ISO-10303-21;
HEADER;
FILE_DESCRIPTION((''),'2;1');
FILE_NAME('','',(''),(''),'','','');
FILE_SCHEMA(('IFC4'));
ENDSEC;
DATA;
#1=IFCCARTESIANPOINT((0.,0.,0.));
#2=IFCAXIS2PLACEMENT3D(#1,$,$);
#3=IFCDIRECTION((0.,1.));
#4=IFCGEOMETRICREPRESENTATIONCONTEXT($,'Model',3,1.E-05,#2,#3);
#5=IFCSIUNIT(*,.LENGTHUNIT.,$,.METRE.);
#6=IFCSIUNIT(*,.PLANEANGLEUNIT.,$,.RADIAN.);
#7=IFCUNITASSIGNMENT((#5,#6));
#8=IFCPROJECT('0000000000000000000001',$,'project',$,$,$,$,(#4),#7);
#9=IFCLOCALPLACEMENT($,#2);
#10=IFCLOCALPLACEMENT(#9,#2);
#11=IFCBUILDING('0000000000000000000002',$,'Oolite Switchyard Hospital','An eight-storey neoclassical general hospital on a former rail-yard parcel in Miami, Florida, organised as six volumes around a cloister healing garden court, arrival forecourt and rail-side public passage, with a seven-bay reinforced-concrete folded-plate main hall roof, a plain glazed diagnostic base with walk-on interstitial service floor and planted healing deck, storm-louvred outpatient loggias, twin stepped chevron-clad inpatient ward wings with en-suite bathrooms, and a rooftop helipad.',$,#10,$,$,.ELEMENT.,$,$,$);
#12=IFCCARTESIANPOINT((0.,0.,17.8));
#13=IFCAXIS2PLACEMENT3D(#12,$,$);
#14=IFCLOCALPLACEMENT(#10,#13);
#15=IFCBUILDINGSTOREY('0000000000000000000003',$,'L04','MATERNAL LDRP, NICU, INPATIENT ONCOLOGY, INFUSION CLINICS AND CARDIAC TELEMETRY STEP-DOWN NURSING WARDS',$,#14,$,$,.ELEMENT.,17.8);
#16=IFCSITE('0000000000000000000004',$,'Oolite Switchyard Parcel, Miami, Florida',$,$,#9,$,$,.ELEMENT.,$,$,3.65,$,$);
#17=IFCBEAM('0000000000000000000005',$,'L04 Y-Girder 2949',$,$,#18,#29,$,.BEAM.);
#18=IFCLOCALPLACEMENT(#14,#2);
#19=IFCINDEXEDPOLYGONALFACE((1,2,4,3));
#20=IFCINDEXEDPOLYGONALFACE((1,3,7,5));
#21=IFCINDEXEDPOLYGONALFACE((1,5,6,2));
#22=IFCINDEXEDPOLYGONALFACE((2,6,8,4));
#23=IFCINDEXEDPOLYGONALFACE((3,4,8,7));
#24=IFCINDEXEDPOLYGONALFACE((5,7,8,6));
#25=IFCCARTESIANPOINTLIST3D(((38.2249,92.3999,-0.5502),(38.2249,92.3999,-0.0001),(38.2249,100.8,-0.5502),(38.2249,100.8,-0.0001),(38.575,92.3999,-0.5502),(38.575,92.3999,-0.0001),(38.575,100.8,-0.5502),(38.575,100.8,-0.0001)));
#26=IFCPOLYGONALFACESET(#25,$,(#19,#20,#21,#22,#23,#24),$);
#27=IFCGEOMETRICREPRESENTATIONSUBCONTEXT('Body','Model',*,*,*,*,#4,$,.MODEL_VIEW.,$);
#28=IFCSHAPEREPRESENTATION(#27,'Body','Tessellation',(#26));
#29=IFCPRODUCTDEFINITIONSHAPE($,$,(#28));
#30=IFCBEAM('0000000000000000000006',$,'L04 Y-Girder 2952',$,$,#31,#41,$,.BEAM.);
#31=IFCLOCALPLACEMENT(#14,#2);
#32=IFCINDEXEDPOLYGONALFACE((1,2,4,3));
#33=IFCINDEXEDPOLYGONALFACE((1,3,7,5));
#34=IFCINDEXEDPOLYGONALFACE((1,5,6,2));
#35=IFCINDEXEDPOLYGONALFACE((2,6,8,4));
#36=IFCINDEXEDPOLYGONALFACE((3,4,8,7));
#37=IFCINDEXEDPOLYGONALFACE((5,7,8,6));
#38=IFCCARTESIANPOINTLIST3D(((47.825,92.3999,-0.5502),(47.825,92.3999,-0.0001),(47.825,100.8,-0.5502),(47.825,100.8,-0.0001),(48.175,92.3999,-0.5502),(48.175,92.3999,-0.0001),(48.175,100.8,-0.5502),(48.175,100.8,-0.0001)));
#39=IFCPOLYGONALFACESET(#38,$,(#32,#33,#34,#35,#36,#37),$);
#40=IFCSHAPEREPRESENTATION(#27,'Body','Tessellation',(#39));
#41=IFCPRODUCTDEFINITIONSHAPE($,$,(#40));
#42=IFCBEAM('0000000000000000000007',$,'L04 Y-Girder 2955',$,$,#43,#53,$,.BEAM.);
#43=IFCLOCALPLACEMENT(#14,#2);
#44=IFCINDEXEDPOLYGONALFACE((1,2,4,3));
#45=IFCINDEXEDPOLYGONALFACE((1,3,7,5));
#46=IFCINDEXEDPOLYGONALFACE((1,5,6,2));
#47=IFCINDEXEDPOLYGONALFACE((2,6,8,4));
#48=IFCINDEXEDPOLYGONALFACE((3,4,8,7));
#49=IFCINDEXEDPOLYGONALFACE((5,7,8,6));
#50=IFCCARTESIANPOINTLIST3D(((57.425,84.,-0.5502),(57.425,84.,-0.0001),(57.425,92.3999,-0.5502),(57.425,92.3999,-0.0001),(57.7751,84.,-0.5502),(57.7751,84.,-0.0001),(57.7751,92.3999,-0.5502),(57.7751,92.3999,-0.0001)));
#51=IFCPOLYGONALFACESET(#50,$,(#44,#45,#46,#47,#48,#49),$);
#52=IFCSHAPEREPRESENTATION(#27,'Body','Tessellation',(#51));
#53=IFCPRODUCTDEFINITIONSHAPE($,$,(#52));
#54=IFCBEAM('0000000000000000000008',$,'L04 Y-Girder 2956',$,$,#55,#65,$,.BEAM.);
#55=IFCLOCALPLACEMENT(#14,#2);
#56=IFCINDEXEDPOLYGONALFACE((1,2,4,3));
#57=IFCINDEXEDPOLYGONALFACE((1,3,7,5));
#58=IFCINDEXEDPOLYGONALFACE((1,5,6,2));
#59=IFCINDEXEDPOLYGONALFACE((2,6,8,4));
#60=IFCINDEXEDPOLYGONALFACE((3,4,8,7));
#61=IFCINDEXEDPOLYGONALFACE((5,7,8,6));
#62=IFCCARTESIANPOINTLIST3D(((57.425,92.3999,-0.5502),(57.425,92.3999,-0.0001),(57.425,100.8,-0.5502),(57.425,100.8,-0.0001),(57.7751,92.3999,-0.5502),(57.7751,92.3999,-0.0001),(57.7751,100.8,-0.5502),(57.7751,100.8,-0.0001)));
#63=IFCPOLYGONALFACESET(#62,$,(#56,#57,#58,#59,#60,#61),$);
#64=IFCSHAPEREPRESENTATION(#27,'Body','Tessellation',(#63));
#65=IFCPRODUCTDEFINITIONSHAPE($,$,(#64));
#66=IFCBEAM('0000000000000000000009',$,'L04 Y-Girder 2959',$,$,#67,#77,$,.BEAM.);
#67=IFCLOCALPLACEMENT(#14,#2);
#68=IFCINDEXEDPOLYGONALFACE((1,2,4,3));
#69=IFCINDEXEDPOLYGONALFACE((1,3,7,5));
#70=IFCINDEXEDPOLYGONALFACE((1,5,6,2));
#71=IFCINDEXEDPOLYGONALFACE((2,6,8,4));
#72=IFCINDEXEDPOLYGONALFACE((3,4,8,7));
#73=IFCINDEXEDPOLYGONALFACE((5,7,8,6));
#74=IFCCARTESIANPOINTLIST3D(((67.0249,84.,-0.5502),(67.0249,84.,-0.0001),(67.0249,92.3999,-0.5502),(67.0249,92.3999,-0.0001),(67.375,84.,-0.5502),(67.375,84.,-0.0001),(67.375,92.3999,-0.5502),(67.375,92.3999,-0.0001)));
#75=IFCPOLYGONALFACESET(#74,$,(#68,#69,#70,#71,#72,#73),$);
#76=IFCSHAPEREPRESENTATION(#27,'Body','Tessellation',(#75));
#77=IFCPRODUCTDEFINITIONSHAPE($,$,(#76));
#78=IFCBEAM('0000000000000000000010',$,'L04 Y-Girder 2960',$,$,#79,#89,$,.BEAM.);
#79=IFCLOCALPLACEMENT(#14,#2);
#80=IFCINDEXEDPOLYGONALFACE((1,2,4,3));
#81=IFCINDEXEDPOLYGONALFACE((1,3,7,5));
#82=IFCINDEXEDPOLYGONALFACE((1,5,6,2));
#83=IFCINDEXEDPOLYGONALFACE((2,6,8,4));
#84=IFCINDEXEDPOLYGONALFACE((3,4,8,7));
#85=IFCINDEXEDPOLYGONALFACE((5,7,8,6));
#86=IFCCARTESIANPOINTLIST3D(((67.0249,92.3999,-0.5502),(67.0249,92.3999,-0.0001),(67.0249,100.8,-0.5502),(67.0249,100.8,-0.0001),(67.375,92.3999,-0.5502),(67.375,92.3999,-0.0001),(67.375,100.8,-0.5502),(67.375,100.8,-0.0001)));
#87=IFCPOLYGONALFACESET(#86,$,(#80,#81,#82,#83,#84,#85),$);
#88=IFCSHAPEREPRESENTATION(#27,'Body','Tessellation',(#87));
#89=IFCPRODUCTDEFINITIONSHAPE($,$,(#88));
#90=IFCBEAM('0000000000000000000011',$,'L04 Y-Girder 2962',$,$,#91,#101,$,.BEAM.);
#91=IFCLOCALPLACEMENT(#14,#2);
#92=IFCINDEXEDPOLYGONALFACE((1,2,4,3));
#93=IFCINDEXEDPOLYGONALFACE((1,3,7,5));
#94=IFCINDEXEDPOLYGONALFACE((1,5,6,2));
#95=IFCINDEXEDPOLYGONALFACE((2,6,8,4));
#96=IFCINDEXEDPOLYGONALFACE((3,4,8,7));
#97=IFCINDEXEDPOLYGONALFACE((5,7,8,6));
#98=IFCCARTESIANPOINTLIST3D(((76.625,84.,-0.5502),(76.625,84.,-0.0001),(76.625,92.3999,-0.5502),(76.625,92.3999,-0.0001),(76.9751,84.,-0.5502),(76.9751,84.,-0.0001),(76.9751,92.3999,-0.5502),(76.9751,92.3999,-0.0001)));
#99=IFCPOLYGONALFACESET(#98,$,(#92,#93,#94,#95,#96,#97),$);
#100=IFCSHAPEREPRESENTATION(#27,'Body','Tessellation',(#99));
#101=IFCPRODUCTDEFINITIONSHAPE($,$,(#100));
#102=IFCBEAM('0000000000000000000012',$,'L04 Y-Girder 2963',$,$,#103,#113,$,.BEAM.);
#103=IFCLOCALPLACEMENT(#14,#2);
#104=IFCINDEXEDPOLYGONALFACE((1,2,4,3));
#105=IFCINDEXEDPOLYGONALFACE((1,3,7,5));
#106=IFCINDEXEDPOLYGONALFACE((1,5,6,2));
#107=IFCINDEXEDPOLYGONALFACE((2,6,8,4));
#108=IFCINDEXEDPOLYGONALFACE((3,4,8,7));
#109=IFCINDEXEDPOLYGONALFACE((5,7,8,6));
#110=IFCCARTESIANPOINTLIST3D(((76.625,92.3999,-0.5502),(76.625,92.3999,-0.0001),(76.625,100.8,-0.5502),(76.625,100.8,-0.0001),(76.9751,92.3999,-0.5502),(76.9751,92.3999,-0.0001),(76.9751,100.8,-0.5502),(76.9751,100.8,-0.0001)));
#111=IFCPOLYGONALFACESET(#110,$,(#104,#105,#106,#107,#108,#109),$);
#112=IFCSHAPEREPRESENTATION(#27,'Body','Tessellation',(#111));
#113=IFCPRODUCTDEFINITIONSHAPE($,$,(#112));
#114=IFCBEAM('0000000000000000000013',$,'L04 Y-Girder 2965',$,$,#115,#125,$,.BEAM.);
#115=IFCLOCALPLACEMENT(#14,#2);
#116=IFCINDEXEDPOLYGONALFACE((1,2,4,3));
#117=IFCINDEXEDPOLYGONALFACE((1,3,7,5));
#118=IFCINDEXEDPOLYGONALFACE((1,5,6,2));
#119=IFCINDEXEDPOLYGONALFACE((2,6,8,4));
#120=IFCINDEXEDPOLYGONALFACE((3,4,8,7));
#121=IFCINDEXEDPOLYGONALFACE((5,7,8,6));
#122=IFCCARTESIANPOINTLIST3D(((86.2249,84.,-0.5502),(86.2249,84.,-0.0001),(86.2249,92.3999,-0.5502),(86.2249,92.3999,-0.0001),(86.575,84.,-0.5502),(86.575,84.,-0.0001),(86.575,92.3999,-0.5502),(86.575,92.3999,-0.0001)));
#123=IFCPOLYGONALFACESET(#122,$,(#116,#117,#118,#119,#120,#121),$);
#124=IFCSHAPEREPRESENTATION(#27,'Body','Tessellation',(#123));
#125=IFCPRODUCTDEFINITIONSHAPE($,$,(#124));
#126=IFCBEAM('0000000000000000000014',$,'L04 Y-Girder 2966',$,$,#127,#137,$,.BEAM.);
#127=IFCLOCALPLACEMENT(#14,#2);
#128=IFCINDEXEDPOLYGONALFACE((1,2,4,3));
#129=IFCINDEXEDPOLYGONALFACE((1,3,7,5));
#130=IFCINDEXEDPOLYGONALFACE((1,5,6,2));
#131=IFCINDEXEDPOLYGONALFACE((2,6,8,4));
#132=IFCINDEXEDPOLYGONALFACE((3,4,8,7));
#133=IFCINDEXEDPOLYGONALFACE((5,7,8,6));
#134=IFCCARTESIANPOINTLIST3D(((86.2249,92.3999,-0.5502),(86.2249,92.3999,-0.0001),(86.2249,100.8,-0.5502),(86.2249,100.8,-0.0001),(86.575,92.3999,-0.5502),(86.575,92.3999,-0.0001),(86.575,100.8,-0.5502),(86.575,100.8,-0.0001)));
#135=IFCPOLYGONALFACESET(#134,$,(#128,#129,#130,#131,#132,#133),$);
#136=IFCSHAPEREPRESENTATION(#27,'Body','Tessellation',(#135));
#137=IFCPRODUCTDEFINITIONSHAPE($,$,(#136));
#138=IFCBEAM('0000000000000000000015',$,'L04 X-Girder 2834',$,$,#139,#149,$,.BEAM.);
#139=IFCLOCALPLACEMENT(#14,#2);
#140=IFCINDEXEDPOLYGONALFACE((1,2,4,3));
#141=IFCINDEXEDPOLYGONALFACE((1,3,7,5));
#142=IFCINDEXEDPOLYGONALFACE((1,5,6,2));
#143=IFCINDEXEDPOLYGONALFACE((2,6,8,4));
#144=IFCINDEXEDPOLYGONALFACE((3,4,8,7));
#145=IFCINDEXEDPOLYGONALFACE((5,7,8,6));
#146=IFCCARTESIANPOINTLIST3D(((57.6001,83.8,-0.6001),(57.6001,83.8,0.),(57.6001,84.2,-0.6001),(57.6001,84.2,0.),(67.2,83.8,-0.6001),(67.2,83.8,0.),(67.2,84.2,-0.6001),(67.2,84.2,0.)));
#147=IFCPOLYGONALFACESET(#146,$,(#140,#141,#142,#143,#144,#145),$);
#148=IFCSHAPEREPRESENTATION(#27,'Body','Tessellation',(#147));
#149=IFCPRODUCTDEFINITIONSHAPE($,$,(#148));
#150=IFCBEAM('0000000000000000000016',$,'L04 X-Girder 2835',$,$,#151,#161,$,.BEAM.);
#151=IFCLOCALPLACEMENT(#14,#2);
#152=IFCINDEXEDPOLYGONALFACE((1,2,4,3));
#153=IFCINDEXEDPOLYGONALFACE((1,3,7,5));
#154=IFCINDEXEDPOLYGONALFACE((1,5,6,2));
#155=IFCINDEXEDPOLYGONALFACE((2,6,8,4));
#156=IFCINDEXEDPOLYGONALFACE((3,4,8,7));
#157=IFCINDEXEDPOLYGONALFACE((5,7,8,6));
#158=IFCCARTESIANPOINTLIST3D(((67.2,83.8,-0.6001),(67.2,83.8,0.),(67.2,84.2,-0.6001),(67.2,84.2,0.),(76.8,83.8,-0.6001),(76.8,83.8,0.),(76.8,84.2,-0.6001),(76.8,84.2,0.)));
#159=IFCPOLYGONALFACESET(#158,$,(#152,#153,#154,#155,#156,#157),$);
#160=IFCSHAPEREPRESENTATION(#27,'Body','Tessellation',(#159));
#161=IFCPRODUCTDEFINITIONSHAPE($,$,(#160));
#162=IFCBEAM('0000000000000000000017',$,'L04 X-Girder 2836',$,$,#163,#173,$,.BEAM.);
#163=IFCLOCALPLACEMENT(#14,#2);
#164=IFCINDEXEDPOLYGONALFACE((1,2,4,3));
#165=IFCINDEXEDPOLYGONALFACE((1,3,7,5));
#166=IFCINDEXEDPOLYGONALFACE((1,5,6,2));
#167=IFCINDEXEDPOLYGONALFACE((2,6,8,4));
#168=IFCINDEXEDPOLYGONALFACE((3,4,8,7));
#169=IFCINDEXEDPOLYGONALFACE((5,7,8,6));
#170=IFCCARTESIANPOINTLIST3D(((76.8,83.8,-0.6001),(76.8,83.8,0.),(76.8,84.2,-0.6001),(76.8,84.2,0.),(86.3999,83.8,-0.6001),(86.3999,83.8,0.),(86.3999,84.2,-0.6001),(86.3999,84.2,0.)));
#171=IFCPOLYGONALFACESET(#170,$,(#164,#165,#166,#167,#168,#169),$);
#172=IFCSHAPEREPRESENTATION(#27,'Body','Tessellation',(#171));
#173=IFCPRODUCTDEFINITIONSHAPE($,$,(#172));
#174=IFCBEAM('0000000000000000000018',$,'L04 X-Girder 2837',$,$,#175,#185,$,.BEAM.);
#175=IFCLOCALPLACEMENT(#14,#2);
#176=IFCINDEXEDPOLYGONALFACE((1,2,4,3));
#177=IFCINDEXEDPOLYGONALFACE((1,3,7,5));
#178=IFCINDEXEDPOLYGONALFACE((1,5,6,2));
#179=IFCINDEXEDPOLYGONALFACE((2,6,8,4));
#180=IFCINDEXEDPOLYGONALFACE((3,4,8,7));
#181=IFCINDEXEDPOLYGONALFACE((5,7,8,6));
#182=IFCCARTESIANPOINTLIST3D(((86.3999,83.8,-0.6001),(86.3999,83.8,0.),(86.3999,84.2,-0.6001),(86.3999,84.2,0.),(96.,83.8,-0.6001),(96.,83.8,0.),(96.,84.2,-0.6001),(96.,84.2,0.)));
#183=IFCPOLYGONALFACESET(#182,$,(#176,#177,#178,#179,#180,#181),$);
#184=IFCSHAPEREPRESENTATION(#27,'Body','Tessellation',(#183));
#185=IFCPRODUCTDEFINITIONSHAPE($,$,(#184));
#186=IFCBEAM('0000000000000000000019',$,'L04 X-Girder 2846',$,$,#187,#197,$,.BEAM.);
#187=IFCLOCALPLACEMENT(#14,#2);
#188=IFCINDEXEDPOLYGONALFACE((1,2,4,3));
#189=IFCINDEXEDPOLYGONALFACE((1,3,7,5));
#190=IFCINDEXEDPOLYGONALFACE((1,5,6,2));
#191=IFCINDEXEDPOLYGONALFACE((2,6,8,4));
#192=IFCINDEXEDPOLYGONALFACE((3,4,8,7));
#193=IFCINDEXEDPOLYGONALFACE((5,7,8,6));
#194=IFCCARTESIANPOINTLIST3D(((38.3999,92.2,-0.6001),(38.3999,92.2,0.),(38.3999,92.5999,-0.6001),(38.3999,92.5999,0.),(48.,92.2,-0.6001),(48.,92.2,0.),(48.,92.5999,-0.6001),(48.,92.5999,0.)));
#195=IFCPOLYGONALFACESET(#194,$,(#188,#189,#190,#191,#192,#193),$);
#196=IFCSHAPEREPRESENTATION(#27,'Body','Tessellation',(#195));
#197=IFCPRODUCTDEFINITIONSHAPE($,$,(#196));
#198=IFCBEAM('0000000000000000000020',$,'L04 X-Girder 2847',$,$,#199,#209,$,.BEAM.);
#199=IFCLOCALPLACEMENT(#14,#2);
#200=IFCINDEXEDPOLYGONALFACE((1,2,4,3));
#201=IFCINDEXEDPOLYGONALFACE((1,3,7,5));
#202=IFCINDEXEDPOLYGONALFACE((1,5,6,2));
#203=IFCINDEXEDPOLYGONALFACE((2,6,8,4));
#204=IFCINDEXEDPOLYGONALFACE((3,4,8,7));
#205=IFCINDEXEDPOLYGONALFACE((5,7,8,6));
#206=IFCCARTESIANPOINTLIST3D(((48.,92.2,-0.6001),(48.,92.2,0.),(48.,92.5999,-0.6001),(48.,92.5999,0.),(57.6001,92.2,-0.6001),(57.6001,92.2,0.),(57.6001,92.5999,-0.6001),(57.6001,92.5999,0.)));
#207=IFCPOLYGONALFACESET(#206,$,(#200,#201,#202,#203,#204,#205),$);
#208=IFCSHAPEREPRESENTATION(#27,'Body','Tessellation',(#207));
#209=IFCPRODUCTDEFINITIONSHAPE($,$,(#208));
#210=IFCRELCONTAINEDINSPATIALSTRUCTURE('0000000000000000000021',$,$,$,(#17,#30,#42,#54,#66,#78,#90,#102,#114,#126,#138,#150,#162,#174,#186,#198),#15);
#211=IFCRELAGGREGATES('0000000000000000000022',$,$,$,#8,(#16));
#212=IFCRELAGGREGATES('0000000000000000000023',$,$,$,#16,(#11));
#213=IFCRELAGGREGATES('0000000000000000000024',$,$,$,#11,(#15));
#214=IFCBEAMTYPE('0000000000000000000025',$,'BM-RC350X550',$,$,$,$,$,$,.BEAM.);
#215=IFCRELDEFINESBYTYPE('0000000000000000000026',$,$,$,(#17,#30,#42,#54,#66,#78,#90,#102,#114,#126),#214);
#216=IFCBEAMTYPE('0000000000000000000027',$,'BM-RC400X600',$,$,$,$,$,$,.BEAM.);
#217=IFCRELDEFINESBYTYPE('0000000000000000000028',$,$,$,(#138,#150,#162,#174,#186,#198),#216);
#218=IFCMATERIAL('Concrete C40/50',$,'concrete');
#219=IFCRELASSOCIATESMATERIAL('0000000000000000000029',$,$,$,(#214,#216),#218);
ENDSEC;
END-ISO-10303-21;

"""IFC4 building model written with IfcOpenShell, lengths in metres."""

from ifc_helpers import new_model, si_unit, direction, frame, origin, origin_2d, place, context, subcontext, project, spatial, rectangle, extrude, material, material_profile, profile_set, type_object, element, save


model = new_model("IFC4")

# Units and contexts
model_context = context("Model", 3, precision=1e-05, world=origin(), true_north=direction((0.0, 1.0)))
body_context = subcontext(model_context, "Body", "Model", "MODEL_VIEW")
ifc_project = project(units=[si_unit("LENGTHUNIT", "METRE"), si_unit("PLANEANGLEUNIT", "RADIAN")], contexts=[model_context])

# Site, building, storey
site_placement = place(None, origin())
site = spatial("IfcSite", under=ifc_project, at=site_placement, Name="Oolite Switchyard Parcel, Miami, Florida", CompositionType="ELEMENT", RefElevation=3.65)
building_placement = place(site_placement, origin())
building = spatial("IfcBuilding", under=site, at=building_placement, Name="Oolite Switchyard Hospital", Description="An eight-storey neoclassical general hospital on a former rail-yard parcel in Miami, Florida, organised as six volumes around a cloister healing garden court, arrival forecourt and rail-side public passage, with a seven-bay reinforced-concrete folded-plate main hall roof, a plain glazed diagnostic base with walk-on interstitial service floor and planted healing deck, storm-louvred outpatient loggias, twin stepped chevron-clad inpatient ward wings with en-suite bathrooms, and a rooftop helipad.", CompositionType="ELEMENT")
storey_placement = place(building_placement, frame((0.0, 0.0, 17.8)))
storey = spatial("IfcBuildingStorey", under=building, at=storey_placement, Name="L04", Description="MATERNAL LDRP, NICU, INPATIENT ONCOLOGY, INFUSION CLINICS AND CARDIAC TELEMETRY STEP-DOWN NURSING WARDS", CompositionType="ELEMENT", Elevation=17.8)

# Beams
ifc_material_1 = material(Name="Concrete C40/50", Category="concrete")
ifc_material_profile_1 = material_profile(ifc_material_1, rectangle(XDim=0.3501, YDim=0.55, at=origin_2d()), Name="RCB350X550")
ifc_profile_set_1 = profile_set([ifc_material_profile_1], Name="Concrete C40/50")
beam_type_1 = type_object("IfcBeamType", Name="BM-RC350X550", PredefinedType="BEAM", material=ifc_profile_set_1)
for number, where, z_axis, x_axis, name in (
    (1, (38.3999, 92.3999, -0.2751), (0.0, 1.0, 0.0), (-1.0, 0.0, 0.0), "L04 Y-Girder 2949"),
    (2, (48.0, 92.3999, -0.2751), (0.0, 1.0, 0.0), (-1.0, 0.0, 0.0), "L04 Y-Girder 2952"),
):
    element("IfcBeam", number, at=place(storey_placement, frame(where, z_axis=z_axis, x_axis=x_axis)), inside=storey, type_object=beam_type_1, Name=name, PredefinedType="BEAM", context=body_context, shape_type="SweptSolid", body=[
        extrude(rectangle(XDim=0.3501, YDim=0.55, at=origin_2d()), origin(), (0.0, 0.0, 1.0), 8.4001),
    ])
beam_1_placement = place(storey_placement, frame((57.6001, 84.0, -0.2751), z_axis=(0.0, 1.0, 0.0), x_axis=(-1.0, 0.0, 0.0)))
element("IfcBeam", 3, at=beam_1_placement, inside=storey, type_object=beam_type_1, Name="L04 Y-Girder 2955", PredefinedType="BEAM", context=body_context, shape_type="SweptSolid", body=[
    extrude(rectangle(XDim=0.3501, YDim=0.55, at=origin_2d()), origin(), (0.0, 0.0, 1.0), 8.3999),
])
beam_2_placement = place(storey_placement, frame((57.6001, 92.3999, -0.2751), z_axis=(0.0, 1.0, 0.0), x_axis=(-1.0, 0.0, 0.0)))
element("IfcBeam", 4, at=beam_2_placement, inside=storey, type_object=beam_type_1, Name="L04 Y-Girder 2956", PredefinedType="BEAM", context=body_context, shape_type="SweptSolid", body=[
    extrude(rectangle(XDim=0.3501, YDim=0.55, at=origin_2d()), origin(), (0.0, 0.0, 1.0), 8.4001),
])
beam_3_placement = place(storey_placement, frame((67.2, 84.0, -0.2751), z_axis=(0.0, 1.0, 0.0), x_axis=(-1.0, 0.0, 0.0)))
element("IfcBeam", 5, at=beam_3_placement, inside=storey, type_object=beam_type_1, Name="L04 Y-Girder 2959", PredefinedType="BEAM", context=body_context, shape_type="SweptSolid", body=[
    extrude(rectangle(XDim=0.3501, YDim=0.55, at=origin_2d()), origin(), (0.0, 0.0, 1.0), 8.3999),
])
beam_4_placement = place(storey_placement, frame((67.2, 92.3999, -0.2751), z_axis=(0.0, 1.0, 0.0), x_axis=(-1.0, 0.0, 0.0)))
element("IfcBeam", 6, at=beam_4_placement, inside=storey, type_object=beam_type_1, Name="L04 Y-Girder 2960", PredefinedType="BEAM", context=body_context, shape_type="SweptSolid", body=[
    extrude(rectangle(XDim=0.3501, YDim=0.55, at=origin_2d()), origin(), (0.0, 0.0, 1.0), 8.4001),
])
beam_5_placement = place(storey_placement, frame((76.8, 84.0, -0.2751), z_axis=(0.0, 1.0, 0.0), x_axis=(-1.0, 0.0, 0.0)))
element("IfcBeam", 7, at=beam_5_placement, inside=storey, type_object=beam_type_1, Name="L04 Y-Girder 2962", PredefinedType="BEAM", context=body_context, shape_type="SweptSolid", body=[
    extrude(rectangle(XDim=0.3501, YDim=0.55, at=origin_2d()), origin(), (0.0, 0.0, 1.0), 8.3999),
])
beam_6_placement = place(storey_placement, frame((76.8, 92.3999, -0.2751), z_axis=(0.0, 1.0, 0.0), x_axis=(-1.0, 0.0, 0.0)))
element("IfcBeam", 8, at=beam_6_placement, inside=storey, type_object=beam_type_1, Name="L04 Y-Girder 2963", PredefinedType="BEAM", context=body_context, shape_type="SweptSolid", body=[
    extrude(rectangle(XDim=0.3501, YDim=0.55, at=origin_2d()), origin(), (0.0, 0.0, 1.0), 8.4001),
])
beam_7_placement = place(storey_placement, frame((86.3999, 84.0, -0.2751), z_axis=(0.0, 1.0, 0.0), x_axis=(-1.0, 0.0, 0.0)))
element("IfcBeam", 9, at=beam_7_placement, inside=storey, type_object=beam_type_1, Name="L04 Y-Girder 2965", PredefinedType="BEAM", context=body_context, shape_type="SweptSolid", body=[
    extrude(rectangle(XDim=0.3501, YDim=0.55, at=origin_2d()), origin(), (0.0, 0.0, 1.0), 8.3999),
])
beam_8_placement = place(storey_placement, frame((86.3999, 92.3999, -0.2751), z_axis=(0.0, 1.0, 0.0), x_axis=(-1.0, 0.0, 0.0)))
element("IfcBeam", 10, at=beam_8_placement, inside=storey, type_object=beam_type_1, Name="L04 Y-Girder 2966", PredefinedType="BEAM", context=body_context, shape_type="SweptSolid", body=[
    extrude(rectangle(XDim=0.3501, YDim=0.55, at=origin_2d()), origin(), (0.0, 0.0, 1.0), 8.4001),
])
ifc_material_profile_2 = material_profile(ifc_material_1, rectangle(XDim=0.3999, YDim=0.6001, at=origin_2d()), Name="RCB400X600")
ifc_profile_set_2 = profile_set([ifc_material_profile_2], Name="Concrete C40/50")
beam_type_2 = type_object("IfcBeamType", Name="BM-RC400X600", PredefinedType="BEAM", material=ifc_profile_set_2)
beam_9_placement = place(storey_placement, frame((57.6001, 84.0, -0.3), z_axis=(1.0, 0.0, 0.0), x_axis=(0.0, 1.0, 0.0)))
element("IfcBeam", 11, at=beam_9_placement, inside=storey, type_object=beam_type_2, Name="L04 X-Girder 2834", PredefinedType="BEAM", context=body_context, shape_type="SweptSolid", body=[
    extrude(rectangle(XDim=0.3999, YDim=0.6001, at=origin_2d()), origin(), (0.0, 0.0, 1.0), 9.5999),
])
beam_10_placement = place(storey_placement, frame((67.2, 84.0, -0.3), z_axis=(1.0, 0.0, 0.0), x_axis=(0.0, 1.0, 0.0)))
element("IfcBeam", 12, at=beam_10_placement, inside=storey, type_object=beam_type_2, Name="L04 X-Girder 2835", PredefinedType="BEAM", context=body_context, shape_type="SweptSolid", body=[
    extrude(rectangle(XDim=0.3999, YDim=0.6001, at=origin_2d()), origin(), (0.0, 0.0, 1.0), 9.6001),
])
beam_11_placement = place(storey_placement, frame((76.8, 84.0, -0.3), z_axis=(1.0, 0.0, 0.0), x_axis=(0.0, 1.0, 0.0)))
element("IfcBeam", 13, at=beam_11_placement, inside=storey, type_object=beam_type_2, Name="L04 X-Girder 2836", PredefinedType="BEAM", context=body_context, shape_type="SweptSolid", body=[
    extrude(rectangle(XDim=0.3999, YDim=0.6001, at=origin_2d()), origin(), (0.0, 0.0, 1.0), 9.5999),
])
for number, where, z_axis, x_axis, name in (
    (14, (86.3999, 84.0, -0.3), (1.0, 0.0, 0.0), (0.0, 1.0, 0.0), "L04 X-Girder 2837"),
    (15, (38.3999, 92.3999, -0.3), (1.0, 0.0, 0.0), (0.0, 1.0, 0.0), "L04 X-Girder 2846"),
    (16, (48.0, 92.3999, -0.3), (1.0, 0.0, 0.0), (0.0, 1.0, 0.0), "L04 X-Girder 2847"),
):
    element("IfcBeam", number, at=place(storey_placement, frame(where, z_axis=z_axis, x_axis=x_axis)), inside=storey, type_object=beam_type_2, Name=name, PredefinedType="BEAM", context=body_context, shape_type="SweptSolid", body=[
        extrude(rectangle(XDim=0.3999, YDim=0.6001, at=origin_2d()), origin(), (0.0, 0.0, 1.0), 9.6001),
    ])

save(model, "model.ifc")
